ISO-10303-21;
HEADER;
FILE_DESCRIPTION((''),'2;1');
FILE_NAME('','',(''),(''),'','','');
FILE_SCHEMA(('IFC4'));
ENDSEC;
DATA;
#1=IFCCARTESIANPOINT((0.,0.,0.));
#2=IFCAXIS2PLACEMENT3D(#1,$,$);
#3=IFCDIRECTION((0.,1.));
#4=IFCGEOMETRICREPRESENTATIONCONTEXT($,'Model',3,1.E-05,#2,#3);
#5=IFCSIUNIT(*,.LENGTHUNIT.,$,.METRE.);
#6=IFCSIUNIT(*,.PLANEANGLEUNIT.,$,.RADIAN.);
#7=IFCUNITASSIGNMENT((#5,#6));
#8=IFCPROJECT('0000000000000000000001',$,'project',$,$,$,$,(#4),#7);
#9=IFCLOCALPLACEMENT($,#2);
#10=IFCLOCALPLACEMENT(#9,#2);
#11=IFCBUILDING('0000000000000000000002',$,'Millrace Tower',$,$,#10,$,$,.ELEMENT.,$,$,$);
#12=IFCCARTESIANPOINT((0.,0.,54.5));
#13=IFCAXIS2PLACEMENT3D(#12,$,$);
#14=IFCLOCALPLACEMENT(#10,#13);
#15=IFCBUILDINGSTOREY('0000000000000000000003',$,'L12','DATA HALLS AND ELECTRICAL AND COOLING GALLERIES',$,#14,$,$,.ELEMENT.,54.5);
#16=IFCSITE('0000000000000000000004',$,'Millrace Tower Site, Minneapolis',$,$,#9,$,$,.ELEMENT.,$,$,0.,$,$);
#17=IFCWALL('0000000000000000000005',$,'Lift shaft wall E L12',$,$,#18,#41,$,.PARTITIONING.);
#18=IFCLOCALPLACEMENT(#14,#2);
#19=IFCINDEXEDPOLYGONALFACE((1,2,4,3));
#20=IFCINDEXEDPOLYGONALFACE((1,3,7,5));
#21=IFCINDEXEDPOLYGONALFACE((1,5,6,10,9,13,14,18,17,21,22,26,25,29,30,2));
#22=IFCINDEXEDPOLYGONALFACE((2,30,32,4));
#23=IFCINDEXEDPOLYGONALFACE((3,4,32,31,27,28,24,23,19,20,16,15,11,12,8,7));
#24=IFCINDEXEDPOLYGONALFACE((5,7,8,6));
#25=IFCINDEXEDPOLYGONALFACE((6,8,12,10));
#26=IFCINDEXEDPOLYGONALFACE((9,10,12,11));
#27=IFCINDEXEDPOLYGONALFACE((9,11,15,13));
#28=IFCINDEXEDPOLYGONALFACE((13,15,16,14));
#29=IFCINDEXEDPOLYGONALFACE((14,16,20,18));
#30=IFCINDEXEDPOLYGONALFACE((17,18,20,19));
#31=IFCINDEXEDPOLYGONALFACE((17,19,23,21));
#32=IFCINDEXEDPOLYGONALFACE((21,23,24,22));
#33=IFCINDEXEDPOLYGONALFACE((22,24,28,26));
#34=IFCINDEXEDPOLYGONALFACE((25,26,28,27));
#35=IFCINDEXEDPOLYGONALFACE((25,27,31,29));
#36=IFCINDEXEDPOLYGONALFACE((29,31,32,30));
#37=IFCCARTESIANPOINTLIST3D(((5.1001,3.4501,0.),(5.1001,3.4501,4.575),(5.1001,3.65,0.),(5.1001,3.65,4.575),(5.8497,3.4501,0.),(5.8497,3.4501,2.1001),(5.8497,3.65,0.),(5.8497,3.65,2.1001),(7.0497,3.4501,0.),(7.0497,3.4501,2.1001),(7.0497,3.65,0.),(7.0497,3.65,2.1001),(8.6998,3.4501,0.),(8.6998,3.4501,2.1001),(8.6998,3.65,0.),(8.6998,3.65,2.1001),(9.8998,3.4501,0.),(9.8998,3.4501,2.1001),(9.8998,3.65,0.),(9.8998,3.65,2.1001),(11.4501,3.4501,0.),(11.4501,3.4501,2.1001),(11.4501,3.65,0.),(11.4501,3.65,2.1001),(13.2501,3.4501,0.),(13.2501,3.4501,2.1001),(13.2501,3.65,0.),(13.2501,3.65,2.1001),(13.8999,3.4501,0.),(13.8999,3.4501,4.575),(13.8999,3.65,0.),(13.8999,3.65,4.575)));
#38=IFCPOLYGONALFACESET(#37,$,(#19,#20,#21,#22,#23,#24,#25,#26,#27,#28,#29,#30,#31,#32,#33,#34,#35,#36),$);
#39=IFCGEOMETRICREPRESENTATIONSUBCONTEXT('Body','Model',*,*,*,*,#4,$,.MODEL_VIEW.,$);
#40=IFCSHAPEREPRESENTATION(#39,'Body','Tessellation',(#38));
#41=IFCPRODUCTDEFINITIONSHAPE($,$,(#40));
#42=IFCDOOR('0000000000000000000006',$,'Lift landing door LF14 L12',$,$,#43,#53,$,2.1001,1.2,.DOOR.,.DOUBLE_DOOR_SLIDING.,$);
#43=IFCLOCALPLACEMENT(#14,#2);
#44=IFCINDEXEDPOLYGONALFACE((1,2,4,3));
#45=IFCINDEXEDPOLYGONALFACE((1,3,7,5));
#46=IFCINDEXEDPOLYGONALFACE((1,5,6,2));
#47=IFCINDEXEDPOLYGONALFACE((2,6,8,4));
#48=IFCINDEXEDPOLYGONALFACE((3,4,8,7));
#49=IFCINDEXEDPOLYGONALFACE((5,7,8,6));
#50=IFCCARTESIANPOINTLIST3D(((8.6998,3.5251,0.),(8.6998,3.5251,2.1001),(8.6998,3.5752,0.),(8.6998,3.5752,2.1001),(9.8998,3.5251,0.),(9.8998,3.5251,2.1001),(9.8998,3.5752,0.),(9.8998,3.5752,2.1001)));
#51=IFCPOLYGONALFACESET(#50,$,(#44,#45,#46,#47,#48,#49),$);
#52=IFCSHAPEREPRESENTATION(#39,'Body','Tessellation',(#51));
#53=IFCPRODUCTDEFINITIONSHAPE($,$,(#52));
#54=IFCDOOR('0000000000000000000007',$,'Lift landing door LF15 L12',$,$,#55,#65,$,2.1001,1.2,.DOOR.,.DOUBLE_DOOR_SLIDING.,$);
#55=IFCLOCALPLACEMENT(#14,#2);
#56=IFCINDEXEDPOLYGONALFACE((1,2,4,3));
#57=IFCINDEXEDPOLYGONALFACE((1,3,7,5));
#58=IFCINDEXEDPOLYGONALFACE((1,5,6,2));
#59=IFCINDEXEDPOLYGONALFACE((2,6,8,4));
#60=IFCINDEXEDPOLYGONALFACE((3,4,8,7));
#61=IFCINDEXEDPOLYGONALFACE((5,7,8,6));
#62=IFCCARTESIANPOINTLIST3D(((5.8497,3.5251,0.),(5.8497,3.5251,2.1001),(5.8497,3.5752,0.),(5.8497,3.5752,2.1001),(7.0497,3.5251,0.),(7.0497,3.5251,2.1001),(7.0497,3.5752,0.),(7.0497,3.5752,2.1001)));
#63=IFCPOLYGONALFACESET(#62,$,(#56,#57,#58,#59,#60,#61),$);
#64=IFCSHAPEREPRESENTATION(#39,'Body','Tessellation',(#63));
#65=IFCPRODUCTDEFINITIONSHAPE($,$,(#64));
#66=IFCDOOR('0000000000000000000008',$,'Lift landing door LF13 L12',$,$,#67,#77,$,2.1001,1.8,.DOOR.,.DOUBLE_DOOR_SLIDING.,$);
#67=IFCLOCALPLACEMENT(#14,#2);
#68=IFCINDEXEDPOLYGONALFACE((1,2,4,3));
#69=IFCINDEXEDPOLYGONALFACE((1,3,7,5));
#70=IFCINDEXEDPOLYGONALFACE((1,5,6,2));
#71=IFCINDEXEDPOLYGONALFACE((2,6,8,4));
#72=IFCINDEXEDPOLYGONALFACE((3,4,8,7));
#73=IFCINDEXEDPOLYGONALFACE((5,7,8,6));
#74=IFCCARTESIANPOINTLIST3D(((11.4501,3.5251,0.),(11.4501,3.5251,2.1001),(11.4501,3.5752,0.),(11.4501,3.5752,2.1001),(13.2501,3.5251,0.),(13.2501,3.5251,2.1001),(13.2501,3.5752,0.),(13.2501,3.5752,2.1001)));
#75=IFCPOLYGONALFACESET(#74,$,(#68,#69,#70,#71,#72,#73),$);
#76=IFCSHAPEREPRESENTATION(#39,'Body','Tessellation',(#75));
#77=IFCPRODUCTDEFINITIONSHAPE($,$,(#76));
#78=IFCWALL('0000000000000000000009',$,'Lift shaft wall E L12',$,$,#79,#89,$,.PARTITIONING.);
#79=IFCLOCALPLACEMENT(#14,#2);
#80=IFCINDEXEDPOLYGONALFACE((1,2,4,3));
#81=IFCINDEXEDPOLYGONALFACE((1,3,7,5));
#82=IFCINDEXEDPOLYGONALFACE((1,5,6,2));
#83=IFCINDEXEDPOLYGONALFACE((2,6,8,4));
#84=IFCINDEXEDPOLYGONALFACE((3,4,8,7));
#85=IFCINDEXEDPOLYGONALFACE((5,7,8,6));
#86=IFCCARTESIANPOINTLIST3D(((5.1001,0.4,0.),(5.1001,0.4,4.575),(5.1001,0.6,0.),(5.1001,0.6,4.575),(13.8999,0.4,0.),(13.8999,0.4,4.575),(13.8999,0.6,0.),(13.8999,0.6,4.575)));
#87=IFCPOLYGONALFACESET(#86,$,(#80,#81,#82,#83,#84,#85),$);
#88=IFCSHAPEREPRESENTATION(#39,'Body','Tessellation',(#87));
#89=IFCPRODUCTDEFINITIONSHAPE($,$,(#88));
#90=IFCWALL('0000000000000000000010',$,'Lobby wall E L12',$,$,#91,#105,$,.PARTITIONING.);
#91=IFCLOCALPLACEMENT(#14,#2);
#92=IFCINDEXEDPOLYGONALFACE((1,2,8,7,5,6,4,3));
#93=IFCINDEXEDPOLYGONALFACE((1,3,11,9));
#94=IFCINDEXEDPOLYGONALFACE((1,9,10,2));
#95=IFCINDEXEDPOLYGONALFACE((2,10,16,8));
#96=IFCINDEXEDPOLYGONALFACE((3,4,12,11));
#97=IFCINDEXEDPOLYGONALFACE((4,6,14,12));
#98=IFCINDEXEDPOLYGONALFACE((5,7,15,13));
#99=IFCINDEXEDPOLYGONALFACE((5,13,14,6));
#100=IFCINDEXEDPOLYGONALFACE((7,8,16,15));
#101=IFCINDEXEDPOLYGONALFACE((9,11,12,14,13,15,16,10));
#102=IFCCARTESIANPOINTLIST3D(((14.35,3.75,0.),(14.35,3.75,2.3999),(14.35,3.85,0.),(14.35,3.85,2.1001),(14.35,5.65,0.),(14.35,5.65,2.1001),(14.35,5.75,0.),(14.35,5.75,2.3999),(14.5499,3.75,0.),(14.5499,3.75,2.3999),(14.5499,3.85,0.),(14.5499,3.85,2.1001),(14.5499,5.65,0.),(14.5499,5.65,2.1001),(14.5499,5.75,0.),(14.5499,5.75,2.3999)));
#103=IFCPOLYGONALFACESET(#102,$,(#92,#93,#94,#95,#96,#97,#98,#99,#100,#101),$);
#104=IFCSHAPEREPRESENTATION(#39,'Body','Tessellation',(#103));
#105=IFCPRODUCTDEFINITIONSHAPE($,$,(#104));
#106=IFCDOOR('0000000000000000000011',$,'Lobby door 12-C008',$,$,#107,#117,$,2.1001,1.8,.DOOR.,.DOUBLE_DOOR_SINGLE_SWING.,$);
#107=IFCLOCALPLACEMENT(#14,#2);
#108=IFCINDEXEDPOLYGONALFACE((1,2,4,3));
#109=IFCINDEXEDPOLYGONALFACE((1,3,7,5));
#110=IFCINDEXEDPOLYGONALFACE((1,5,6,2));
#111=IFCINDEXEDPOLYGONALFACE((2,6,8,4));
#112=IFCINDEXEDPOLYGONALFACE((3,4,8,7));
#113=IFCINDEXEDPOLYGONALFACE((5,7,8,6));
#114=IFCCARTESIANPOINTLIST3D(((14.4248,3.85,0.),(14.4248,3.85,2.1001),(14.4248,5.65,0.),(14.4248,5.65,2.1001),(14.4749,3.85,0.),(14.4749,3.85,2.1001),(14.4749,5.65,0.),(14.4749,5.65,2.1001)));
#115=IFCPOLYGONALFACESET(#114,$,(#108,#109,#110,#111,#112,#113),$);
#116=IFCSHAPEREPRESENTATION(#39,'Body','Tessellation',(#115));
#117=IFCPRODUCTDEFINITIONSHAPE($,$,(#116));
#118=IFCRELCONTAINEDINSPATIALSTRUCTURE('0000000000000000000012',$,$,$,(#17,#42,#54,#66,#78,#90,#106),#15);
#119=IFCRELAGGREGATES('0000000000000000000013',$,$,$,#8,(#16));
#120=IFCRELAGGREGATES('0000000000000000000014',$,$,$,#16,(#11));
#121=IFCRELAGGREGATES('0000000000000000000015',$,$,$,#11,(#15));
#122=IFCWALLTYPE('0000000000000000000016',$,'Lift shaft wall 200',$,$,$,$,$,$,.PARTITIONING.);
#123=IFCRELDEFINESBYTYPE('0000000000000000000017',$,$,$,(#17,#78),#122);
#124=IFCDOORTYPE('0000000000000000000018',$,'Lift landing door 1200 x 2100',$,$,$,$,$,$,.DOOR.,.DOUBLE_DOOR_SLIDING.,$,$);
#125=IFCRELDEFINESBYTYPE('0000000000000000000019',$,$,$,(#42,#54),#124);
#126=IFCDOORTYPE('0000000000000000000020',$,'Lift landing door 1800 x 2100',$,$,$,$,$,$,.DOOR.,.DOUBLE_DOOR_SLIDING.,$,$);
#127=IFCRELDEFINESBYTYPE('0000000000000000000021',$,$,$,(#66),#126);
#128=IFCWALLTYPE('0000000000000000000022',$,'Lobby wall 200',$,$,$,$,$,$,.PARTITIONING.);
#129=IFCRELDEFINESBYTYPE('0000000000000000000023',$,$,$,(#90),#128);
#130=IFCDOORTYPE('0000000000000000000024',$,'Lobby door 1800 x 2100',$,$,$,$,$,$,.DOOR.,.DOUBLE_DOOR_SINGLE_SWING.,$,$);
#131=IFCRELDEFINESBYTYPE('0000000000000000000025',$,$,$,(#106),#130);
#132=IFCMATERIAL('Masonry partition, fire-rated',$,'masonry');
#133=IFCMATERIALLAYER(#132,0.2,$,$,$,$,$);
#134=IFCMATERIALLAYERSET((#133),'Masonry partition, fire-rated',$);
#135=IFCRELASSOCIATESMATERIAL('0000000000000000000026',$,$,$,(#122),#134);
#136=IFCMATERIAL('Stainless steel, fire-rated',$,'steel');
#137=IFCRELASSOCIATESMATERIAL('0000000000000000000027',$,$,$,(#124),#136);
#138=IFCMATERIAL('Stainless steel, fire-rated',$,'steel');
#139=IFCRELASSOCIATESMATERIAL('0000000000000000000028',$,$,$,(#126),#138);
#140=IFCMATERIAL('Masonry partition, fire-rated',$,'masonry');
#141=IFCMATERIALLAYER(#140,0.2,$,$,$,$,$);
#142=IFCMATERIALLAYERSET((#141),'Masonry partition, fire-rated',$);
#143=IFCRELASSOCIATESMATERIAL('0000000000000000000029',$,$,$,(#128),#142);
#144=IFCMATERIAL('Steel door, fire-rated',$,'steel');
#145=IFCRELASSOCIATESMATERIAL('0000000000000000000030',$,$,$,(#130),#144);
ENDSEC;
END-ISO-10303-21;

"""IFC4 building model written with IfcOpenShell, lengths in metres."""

from ifc_helpers import new_model, si_unit, direction, frame, frame_2d, origin, place, context, subcontext, project, spatial, rectangle, extrude, material, layer, layer_set, type_object, element, fill, save


model = new_model("IFC4")

# Units and contexts
model_context = context("Model", 3, precision=1e-05, world=origin(), true_north=direction((0.0, 1.0)))
body_context = subcontext(model_context, "Body", "Model", "MODEL_VIEW")
ifc_project = project(units=[si_unit("LENGTHUNIT", "METRE"), si_unit("PLANEANGLEUNIT", "RADIAN")], contexts=[model_context])

# Site, building, storey
site_placement = place(None, origin())
site = spatial("IfcSite", under=ifc_project, at=site_placement, Name="Millrace Tower Site, Minneapolis", CompositionType="ELEMENT", RefElevation=0.0)
building_placement = place(site_placement, origin())
building = spatial("IfcBuilding", under=site, at=building_placement, Name="Millrace Tower", CompositionType="ELEMENT")
storey_placement = place(building_placement, frame((0.0, 0.0, 54.5)))
storey = spatial("IfcBuildingStorey", under=building, at=storey_placement, Name="L12", Description="DATA HALLS AND ELECTRICAL AND COOLING GALLERIES", CompositionType="ELEMENT", Elevation=54.5)

# Shared definitions
ifc_material_1 = material(Name="Masonry partition, fire-rated", Category="masonry")
ifc_layer_1 = layer(ifc_material_1, 0.2)
ifc_layer_set_1 = layer_set([ifc_layer_1], Name="Masonry partition, fire-rated")
wall_type_1 = type_object("IfcWallType", Name="Lift shaft wall 200", PredefinedType="PARTITIONING", material=ifc_layer_set_1)

# Wall, openings, doors
wall_1_placement = place(storey_placement, frame((13.8999, 3.55, 0.0), z_axis=(0.0, 0.0, 1.0), x_axis=(-1.0, 0.0, 0.0)))
wall_1 = element("IfcWall", 1, at=wall_1_placement, inside=storey, type_object=wall_type_1, Name="Lift shaft wall E L12", PredefinedType="PARTITIONING", context=body_context, shape_type="SweptSolid", body=[
    extrude(rectangle(XDim=8.7998, YDim=0.2, at=frame_2d((4.3999, 0.0))), origin(), (0.0, 0.0, 1.0), 4.575),
])
opening_1_placement = place(wall_1_placement, frame((0.6499, 0.0, 0.0)))
opening_1 = element("IfcOpeningElement", 2, at=opening_1_placement, cuts=wall_1, PredefinedType="OPENING", context=body_context, shape_type="SweptSolid", body=[
    extrude(rectangle(XDim=1.8, YDim=2.1001, at=frame_2d((0.8999, 1.05))), frame((0.0, 0.1099, 0.0), z_axis=(0.0, -1.0, 0.0), x_axis=(1.0, 0.0, 0.0)), (0.0, 0.0, 1.0), 0.22),
])
opening_2_placement = place(wall_1_placement, frame((4.0, 0.0, 0.0)))
opening_2 = element("IfcOpeningElement", 3, at=opening_2_placement, cuts=wall_1, PredefinedType="OPENING", context=body_context, shape_type="SweptSolid", body=[
    extrude(rectangle(XDim=1.2, YDim=2.1001, at=frame_2d((0.6001, 1.05))), frame((0.0, 0.1099, 0.0), z_axis=(0.0, -1.0, 0.0), x_axis=(1.0, 0.0, 0.0)), (0.0, 0.0, 1.0), 0.22),
])
opening_3_placement = place(wall_1_placement, frame((6.8501, 0.0, 0.0)))
opening_3 = element("IfcOpeningElement", 4, at=opening_3_placement, cuts=wall_1, PredefinedType="OPENING", context=body_context, shape_type="SweptSolid", body=[
    extrude(rectangle(XDim=1.2, YDim=2.1001, at=frame_2d((0.6001, 1.05))), frame((0.0, 0.1099, 0.0), z_axis=(0.0, -1.0, 0.0), x_axis=(1.0, 0.0, 0.0)), (0.0, 0.0, 1.0), 0.22),
])
ifc_material_2 = material(Name="Stainless steel, fire-rated", Category="steel")
door_type_1 = type_object("IfcDoorType", Name="Lift landing door 1200 x 2100", OperationType="DOUBLE_DOOR_SLIDING", PredefinedType="DOOR", material=ifc_material_2)
door_1_placement = place(opening_2_placement, origin())
door_1 = element("IfcDoor", 5, at=door_1_placement, inside=storey, type_object=door_type_1, Name="Lift landing door LF14 L12", OperationType="DOUBLE_DOOR_SLIDING", OverallHeight=2.1001, OverallWidth=1.2, PredefinedType="DOOR", context=body_context, shape_type="SweptSolid", body=[
    extrude(rectangle(XDim=1.2, YDim=2.1001, at=frame_2d((0.6001, 1.05))), frame((0.0, 0.0249, 0.0), z_axis=(0.0, -1.0, 0.0), x_axis=(1.0, 0.0, 0.0)), (0.0, 0.0, 1.0), 0.05),
])
fill(opening_2, door_1)
door_2_placement = place(opening_3_placement, origin())
door_2 = element("IfcDoor", 6, at=door_2_placement, inside=storey, type_object=door_type_1, Name="Lift landing door LF15 L12", OperationType="DOUBLE_DOOR_SLIDING", OverallHeight=2.1001, OverallWidth=1.2, PredefinedType="DOOR", context=body_context, shape_type="SweptSolid", body=[
    extrude(rectangle(XDim=1.2, YDim=2.1001, at=frame_2d((0.6001, 1.05))), frame((0.0, 0.0249, 0.0), z_axis=(0.0, -1.0, 0.0), x_axis=(1.0, 0.0, 0.0)), (0.0, 0.0, 1.0), 0.05),
])
fill(opening_3, door_2)
ifc_material_3 = material(Name="Stainless steel, fire-rated", Category="steel")
door_type_2 = type_object("IfcDoorType", Name="Lift landing door 1800 x 2100", OperationType="DOUBLE_DOOR_SLIDING", PredefinedType="DOOR", material=ifc_material_3)
door_3_placement = place(opening_1_placement, origin())
door_3 = element("IfcDoor", 7, at=door_3_placement, inside=storey, type_object=door_type_2, Name="Lift landing door LF13 L12", OperationType="DOUBLE_DOOR_SLIDING", OverallHeight=2.1001, OverallWidth=1.8, PredefinedType="DOOR", context=body_context, shape_type="SweptSolid", body=[
    extrude(rectangle(XDim=1.8, YDim=2.1001, at=frame_2d((0.8999, 1.05))), frame((0.0, 0.0249, 0.0), z_axis=(0.0, -1.0, 0.0), x_axis=(1.0, 0.0, 0.0)), (0.0, 0.0, 1.0), 0.05),
])
fill(opening_1, door_3)

# Wall
wall_2_placement = place(storey_placement, frame((13.8999, 0.5, 0.0), z_axis=(0.0, 0.0, 1.0), x_axis=(-1.0, 0.0, 0.0)))
element("IfcWall", 8, at=wall_2_placement, inside=storey, type_object=wall_type_1, Name="Lift shaft wall E L12", PredefinedType="PARTITIONING", context=body_context, shape_type="SweptSolid", body=[
    extrude(rectangle(XDim=8.7998, YDim=0.2, at=frame_2d((4.3999, 0.0))), origin(), (0.0, 0.0, 1.0), 4.575),
])

# Wall, opening, door
ifc_material_4 = material(Name="Masonry partition, fire-rated", Category="masonry")
ifc_layer_2 = layer(ifc_material_4, 0.2)
ifc_layer_set_2 = layer_set([ifc_layer_2], Name="Masonry partition, fire-rated")
wall_type_2 = type_object("IfcWallType", Name="Lobby wall 200", PredefinedType="PARTITIONING", material=ifc_layer_set_2)
wall_3_placement = place(storey_placement, frame((14.45, 5.75, 0.0), z_axis=(0.0, 0.0, 1.0), x_axis=(0.0, -1.0, 0.0)))
wall_3 = element("IfcWall", 9, at=wall_3_placement, inside=storey, type_object=wall_type_2, Name="Lobby wall E L12", PredefinedType="PARTITIONING", context=body_context, shape_type="SweptSolid", body=[
    extrude(rectangle(XDim=2.0, YDim=0.2, at=frame_2d((1.0, 0.0))), origin(), (0.0, 0.0, 1.0), 2.3999),
])
opening_4_placement = place(wall_3_placement, frame((0.1001, 0.0, 0.0)))
opening_4 = element("IfcOpeningElement", 10, at=opening_4_placement, cuts=wall_3, PredefinedType="OPENING", context=body_context, shape_type="SweptSolid", body=[
    extrude(rectangle(XDim=1.8, YDim=2.1001, at=frame_2d((0.8999, 1.05))), frame((0.0, 0.1099, 0.0), z_axis=(0.0, -1.0, 0.0), x_axis=(1.0, 0.0, 0.0)), (0.0, 0.0, 1.0), 0.22),
])
ifc_material_5 = material(Name="Steel door, fire-rated", Category="steel")
door_type_3 = type_object("IfcDoorType", Name="Lobby door 1800 x 2100", OperationType="DOUBLE_DOOR_SINGLE_SWING", PredefinedType="DOOR", material=ifc_material_5)
door_4_placement = place(opening_4_placement, origin())
door_4 = element("IfcDoor", 11, at=door_4_placement, inside=storey, type_object=door_type_3, Name="Lobby door 12-C008", OperationType="DOUBLE_DOOR_SINGLE_SWING", OverallHeight=2.1001, OverallWidth=1.8, PredefinedType="DOOR", context=body_context, shape_type="SweptSolid", body=[
    extrude(rectangle(XDim=1.8, YDim=2.1001, at=frame_2d((0.8999, 1.05))), frame((0.0, 0.0249, 0.0), z_axis=(0.0, -1.0, 0.0), x_axis=(1.0, 0.0, 0.0)), (0.0, 0.0, 1.0), 0.05),
])
fill(opening_4, door_4)

save(model, "model.ifc")
